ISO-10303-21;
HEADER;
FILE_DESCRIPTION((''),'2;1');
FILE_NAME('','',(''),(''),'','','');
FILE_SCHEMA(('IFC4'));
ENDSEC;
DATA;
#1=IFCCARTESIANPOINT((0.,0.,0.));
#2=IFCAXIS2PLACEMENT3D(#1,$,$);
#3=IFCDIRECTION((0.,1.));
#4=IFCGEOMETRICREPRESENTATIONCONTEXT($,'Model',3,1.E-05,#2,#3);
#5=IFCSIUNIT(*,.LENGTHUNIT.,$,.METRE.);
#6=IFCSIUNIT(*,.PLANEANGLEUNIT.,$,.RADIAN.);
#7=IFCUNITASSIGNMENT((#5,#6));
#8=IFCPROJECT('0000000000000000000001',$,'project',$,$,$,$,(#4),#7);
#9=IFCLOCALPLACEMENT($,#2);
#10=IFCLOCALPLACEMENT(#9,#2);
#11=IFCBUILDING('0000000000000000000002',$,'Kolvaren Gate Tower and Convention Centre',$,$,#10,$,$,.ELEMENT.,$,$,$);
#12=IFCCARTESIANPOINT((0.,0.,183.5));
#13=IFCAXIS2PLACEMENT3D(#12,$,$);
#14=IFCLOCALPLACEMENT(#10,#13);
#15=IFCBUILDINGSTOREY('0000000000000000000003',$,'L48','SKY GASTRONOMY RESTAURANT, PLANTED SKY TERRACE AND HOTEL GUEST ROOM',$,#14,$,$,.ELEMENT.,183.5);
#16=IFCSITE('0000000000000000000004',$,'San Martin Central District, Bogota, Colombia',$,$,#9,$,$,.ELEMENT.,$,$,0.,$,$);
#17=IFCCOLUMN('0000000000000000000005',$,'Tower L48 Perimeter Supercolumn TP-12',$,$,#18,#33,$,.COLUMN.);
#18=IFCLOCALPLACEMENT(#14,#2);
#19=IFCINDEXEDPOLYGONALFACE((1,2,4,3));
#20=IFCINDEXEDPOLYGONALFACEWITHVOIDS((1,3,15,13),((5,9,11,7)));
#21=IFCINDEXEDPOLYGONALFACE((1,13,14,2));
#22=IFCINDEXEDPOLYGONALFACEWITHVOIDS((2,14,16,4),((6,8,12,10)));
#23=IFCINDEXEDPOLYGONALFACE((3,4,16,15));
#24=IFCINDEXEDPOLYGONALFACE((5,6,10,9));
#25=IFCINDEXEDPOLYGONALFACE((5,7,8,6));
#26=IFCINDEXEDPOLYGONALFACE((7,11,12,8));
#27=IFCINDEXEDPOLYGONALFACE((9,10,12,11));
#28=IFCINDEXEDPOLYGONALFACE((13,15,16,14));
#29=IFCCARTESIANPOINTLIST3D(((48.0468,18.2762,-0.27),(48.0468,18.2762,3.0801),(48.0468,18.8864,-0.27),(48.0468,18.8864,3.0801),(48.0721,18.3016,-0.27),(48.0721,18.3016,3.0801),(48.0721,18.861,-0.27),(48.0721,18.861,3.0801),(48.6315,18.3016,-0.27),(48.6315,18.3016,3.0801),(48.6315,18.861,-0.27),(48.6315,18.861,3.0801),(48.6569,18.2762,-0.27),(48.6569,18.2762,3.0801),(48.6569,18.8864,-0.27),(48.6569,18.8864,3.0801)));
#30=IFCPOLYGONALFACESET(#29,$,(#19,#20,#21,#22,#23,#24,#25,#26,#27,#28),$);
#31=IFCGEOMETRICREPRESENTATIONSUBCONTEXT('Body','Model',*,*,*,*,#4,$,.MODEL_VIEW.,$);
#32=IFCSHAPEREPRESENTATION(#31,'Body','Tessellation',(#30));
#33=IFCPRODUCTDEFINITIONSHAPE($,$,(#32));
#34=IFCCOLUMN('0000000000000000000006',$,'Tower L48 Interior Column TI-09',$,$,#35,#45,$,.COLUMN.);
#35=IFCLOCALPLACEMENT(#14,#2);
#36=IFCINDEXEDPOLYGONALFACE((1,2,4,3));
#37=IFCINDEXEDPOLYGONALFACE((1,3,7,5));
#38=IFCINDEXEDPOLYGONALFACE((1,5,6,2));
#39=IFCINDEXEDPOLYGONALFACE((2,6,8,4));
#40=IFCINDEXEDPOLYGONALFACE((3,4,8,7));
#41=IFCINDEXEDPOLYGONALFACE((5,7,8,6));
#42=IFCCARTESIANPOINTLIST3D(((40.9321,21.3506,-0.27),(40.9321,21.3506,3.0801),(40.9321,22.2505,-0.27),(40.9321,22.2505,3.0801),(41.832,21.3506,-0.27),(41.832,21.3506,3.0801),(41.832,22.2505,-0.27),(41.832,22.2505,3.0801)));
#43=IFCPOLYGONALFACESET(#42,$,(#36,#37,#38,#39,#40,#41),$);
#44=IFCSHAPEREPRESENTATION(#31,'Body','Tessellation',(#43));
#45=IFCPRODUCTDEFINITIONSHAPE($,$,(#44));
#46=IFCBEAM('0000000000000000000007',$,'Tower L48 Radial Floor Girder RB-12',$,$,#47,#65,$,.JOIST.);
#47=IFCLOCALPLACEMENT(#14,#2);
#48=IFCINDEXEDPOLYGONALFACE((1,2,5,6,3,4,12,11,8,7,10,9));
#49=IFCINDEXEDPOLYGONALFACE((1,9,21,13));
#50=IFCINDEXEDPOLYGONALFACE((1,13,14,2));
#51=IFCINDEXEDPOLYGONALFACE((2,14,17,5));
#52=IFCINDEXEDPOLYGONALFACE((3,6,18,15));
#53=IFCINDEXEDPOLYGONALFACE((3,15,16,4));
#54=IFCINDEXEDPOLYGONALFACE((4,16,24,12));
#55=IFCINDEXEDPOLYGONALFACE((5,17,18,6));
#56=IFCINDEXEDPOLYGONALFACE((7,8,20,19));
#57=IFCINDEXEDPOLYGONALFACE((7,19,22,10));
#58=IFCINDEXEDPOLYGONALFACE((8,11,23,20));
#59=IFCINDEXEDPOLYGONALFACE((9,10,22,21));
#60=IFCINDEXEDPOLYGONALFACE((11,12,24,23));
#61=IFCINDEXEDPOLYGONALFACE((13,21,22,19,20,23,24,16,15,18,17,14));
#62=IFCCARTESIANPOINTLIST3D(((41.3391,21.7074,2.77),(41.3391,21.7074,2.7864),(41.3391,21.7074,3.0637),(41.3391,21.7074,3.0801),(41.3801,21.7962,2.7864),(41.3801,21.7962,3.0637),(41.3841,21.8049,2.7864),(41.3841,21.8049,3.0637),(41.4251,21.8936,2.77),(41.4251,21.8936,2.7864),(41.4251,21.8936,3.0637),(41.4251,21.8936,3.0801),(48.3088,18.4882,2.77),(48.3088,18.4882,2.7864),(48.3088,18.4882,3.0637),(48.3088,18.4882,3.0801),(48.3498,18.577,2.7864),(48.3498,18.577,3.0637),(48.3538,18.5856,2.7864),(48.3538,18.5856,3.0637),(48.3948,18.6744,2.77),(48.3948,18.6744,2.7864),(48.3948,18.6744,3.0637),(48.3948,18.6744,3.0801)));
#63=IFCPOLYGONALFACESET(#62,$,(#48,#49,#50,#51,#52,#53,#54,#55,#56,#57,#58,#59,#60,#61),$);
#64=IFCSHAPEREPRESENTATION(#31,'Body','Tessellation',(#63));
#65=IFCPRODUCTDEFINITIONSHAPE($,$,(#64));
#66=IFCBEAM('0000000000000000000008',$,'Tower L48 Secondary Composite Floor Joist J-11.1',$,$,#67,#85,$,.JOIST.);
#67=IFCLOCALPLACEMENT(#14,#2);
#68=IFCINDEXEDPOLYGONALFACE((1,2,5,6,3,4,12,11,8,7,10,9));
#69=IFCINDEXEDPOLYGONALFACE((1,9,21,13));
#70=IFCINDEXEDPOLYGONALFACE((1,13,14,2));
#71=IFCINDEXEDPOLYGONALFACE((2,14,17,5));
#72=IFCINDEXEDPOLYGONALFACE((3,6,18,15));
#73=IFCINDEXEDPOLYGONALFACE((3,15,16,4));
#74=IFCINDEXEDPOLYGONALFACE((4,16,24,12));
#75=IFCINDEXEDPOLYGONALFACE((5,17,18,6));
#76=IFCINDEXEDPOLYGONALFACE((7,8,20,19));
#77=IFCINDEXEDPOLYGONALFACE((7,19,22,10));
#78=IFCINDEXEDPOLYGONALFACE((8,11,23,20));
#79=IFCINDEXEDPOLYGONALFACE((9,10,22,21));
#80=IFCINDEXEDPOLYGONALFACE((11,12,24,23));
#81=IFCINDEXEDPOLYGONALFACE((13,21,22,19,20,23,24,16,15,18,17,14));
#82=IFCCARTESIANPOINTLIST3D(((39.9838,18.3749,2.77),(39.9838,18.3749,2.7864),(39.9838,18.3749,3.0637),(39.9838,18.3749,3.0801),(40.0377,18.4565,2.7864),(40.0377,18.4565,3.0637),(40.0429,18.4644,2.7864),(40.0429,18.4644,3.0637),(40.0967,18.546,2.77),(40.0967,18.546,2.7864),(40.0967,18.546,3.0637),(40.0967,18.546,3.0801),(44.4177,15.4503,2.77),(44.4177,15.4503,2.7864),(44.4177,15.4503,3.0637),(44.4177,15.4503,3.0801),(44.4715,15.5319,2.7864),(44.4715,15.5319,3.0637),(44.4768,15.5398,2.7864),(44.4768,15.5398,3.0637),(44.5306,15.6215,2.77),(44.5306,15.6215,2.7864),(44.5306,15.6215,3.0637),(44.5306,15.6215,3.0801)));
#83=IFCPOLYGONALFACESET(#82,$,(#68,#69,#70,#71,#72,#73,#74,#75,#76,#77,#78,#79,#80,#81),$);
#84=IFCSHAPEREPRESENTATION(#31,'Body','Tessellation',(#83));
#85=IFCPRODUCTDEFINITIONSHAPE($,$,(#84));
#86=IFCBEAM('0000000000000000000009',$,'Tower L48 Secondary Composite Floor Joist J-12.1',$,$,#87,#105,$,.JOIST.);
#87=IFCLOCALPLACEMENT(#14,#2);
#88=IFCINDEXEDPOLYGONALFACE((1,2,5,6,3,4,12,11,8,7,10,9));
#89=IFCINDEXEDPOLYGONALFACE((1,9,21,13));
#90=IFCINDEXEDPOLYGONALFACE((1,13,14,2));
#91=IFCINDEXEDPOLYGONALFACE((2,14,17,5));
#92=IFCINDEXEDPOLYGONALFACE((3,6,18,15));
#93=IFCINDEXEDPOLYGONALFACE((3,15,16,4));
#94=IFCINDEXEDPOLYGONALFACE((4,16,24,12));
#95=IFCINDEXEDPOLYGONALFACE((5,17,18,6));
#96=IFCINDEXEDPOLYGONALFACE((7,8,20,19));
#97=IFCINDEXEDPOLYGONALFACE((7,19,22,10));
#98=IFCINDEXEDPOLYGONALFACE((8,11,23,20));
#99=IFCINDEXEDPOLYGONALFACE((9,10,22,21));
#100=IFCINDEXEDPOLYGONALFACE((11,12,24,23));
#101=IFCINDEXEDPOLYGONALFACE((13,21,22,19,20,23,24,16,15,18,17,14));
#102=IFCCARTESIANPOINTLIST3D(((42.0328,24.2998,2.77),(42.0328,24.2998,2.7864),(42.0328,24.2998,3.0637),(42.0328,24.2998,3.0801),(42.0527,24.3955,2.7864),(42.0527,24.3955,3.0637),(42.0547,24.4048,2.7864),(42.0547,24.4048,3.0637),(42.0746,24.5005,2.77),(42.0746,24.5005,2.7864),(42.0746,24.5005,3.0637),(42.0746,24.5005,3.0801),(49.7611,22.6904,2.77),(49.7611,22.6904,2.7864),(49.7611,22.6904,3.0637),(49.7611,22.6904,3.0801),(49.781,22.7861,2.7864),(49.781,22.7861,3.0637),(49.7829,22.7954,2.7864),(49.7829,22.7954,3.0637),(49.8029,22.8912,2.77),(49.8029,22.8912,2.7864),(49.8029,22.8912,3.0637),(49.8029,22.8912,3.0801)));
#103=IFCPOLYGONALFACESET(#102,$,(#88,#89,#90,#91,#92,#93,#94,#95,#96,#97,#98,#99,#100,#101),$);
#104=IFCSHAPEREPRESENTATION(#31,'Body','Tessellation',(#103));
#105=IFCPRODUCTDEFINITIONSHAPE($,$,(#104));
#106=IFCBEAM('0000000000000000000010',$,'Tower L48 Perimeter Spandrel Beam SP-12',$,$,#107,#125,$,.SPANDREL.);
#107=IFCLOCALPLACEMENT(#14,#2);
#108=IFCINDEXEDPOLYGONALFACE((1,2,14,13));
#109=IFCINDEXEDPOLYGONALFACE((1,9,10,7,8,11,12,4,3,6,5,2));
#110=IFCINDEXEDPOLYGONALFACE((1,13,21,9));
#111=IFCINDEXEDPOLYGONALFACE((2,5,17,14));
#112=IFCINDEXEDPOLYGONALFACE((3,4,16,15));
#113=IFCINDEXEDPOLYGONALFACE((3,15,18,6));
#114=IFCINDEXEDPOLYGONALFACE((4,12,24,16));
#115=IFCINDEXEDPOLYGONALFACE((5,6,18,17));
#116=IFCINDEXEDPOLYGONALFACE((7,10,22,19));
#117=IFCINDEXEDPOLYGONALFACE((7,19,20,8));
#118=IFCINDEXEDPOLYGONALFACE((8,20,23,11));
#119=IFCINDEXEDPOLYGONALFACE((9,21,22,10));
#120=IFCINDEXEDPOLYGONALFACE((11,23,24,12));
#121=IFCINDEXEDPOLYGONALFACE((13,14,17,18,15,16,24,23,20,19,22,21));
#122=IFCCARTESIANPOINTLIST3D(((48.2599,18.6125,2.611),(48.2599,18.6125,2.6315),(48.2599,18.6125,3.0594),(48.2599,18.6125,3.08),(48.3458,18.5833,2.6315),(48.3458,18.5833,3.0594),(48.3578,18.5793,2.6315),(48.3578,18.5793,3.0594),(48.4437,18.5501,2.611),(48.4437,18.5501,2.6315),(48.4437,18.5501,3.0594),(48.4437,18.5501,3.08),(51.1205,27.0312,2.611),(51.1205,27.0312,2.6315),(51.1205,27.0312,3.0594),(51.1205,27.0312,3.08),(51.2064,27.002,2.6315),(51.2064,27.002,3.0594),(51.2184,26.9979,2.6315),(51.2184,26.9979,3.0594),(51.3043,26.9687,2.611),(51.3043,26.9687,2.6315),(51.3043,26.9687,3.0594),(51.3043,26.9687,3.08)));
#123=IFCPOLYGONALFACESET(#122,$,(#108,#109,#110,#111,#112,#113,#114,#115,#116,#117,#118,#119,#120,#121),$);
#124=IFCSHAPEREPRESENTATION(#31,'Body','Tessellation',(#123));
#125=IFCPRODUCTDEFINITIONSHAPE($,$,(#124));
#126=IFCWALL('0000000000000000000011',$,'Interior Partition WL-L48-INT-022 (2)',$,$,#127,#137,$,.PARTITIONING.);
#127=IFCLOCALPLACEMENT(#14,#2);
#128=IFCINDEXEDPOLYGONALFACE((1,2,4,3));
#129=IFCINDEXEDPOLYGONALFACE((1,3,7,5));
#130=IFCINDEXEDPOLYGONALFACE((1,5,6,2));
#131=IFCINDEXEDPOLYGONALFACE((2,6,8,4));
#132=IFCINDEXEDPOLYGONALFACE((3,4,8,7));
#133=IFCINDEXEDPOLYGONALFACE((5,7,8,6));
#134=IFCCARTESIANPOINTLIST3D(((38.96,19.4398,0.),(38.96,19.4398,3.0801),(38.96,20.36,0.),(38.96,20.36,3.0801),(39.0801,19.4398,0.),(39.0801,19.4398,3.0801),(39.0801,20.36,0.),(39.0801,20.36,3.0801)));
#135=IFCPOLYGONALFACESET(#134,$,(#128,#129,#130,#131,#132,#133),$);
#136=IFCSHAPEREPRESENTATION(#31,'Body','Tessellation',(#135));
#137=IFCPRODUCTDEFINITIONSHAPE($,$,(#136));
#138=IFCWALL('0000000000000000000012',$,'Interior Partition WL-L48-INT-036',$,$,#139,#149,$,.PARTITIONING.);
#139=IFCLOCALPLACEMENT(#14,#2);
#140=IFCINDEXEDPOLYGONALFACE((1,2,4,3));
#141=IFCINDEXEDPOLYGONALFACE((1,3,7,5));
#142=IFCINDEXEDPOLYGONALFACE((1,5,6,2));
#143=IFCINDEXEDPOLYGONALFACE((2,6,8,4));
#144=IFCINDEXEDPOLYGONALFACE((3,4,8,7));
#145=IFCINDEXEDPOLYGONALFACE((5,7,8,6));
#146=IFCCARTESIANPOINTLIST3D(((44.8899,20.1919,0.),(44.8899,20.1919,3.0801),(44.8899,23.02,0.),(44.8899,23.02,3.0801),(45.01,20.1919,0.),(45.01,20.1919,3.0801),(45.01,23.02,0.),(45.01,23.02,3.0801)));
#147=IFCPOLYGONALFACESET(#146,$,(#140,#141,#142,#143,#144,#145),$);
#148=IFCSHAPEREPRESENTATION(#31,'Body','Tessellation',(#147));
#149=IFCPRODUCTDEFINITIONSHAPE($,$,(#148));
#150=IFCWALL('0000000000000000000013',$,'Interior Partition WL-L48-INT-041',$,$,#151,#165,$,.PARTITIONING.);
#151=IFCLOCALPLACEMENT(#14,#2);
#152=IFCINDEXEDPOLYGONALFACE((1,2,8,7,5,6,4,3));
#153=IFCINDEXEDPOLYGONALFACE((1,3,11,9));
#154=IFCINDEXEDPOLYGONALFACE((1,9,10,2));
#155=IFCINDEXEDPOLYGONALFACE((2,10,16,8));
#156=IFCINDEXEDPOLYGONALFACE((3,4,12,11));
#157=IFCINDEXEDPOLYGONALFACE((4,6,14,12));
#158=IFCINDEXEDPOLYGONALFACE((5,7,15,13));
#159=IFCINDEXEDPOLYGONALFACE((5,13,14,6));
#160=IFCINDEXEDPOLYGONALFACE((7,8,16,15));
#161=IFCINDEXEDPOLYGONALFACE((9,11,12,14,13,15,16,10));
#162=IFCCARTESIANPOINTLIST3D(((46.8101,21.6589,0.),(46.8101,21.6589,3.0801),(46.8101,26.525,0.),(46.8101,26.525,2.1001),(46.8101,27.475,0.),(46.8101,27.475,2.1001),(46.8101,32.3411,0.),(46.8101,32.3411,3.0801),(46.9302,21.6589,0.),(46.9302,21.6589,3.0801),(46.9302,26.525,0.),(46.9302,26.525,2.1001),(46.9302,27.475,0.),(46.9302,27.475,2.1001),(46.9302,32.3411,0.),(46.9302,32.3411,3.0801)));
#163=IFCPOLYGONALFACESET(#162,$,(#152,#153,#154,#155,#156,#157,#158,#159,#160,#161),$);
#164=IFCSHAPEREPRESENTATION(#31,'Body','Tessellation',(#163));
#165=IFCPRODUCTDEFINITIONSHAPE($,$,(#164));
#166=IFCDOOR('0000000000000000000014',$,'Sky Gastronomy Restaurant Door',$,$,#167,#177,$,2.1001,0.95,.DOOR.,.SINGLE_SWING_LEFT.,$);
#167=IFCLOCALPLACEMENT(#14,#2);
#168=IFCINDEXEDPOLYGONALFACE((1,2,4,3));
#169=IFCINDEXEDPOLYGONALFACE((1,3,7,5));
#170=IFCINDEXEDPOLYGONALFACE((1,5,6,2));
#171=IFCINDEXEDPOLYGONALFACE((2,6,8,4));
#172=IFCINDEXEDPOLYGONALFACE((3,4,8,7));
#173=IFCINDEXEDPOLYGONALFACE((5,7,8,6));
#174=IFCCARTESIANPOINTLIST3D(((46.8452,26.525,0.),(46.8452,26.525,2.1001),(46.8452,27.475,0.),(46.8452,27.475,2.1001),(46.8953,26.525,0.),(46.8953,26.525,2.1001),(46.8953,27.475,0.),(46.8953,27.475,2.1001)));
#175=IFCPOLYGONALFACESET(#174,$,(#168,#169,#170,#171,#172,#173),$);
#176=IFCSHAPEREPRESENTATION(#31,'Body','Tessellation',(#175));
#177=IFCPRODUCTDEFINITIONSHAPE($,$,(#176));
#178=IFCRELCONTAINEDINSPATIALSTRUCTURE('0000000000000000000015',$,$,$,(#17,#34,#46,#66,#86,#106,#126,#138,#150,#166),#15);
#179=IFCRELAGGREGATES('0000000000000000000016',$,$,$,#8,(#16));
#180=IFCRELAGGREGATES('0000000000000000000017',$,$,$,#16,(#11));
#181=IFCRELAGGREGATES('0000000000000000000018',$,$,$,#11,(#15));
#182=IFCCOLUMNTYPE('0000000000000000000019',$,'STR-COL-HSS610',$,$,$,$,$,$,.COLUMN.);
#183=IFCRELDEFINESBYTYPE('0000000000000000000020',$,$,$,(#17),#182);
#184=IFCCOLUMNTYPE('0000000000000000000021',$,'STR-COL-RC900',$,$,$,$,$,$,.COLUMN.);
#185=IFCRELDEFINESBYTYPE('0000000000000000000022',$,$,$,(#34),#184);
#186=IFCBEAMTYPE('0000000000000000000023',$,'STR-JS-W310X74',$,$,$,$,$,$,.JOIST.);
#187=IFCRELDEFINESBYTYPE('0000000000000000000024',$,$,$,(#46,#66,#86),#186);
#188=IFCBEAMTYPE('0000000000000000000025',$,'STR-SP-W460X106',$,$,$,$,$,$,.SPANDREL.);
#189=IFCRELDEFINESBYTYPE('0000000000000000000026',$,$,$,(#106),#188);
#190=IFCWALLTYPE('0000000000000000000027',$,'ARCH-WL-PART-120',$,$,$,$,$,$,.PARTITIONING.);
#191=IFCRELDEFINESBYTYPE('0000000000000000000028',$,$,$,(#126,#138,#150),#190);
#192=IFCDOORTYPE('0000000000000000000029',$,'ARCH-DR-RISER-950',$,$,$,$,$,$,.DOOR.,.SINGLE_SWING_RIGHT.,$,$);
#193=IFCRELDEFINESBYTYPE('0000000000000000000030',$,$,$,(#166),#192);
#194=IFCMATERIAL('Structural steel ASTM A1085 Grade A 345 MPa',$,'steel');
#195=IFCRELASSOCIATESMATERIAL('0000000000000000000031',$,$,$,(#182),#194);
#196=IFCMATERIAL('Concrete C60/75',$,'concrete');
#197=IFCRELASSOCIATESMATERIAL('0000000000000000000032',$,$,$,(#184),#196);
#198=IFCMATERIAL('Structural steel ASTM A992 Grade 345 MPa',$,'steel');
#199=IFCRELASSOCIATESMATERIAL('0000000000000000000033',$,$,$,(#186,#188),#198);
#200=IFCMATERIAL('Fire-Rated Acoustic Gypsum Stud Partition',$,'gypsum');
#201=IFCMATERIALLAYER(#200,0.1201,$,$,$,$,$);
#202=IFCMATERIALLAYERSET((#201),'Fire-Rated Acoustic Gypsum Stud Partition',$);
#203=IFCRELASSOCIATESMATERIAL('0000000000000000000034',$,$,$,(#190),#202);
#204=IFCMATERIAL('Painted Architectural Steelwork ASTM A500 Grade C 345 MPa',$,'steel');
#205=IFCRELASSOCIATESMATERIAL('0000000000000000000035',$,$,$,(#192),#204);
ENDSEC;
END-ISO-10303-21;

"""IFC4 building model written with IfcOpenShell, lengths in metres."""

from ifc_helpers import new_model, si_unit, direction, frame, frame_2d, origin, origin_2d, place, context, subcontext, project, spatial, rectangle, hollow_rectangle, i_section, extrude, material, layer, layer_set, material_profile, profile_set, type_object, element, fill, save


model = new_model("IFC4")

# Units and contexts
model_context = context("Model", 3, precision=1e-05, world=origin(), true_north=direction((0.0, 1.0)))
body_context = subcontext(model_context, "Body", "Model", "MODEL_VIEW")
ifc_project = project(units=[si_unit("LENGTHUNIT", "METRE"), si_unit("PLANEANGLEUNIT", "RADIAN")], contexts=[model_context])

# Site, building, storey
site_placement = place(None, origin())
site = spatial("IfcSite", under=ifc_project, at=site_placement, Name="San Martin Central District, Bogota, Colombia", CompositionType="ELEMENT", RefElevation=0.0)
building_placement = place(site_placement, origin())
building = spatial("IfcBuilding", under=site, at=building_placement, Name="Kolvaren Gate Tower and Convention Centre", CompositionType="ELEMENT")
storey_placement = place(building_placement, frame((0.0, 0.0, 183.5)))
storey = spatial("IfcBuildingStorey", under=building, at=storey_placement, Name="L48", Description="SKY GASTRONOMY RESTAURANT, PLANTED SKY TERRACE AND HOTEL GUEST ROOM", CompositionType="ELEMENT", Elevation=183.5)

# Columns
ifc_material_1 = material(Name="Structural steel ASTM A1085 Grade A 345 MPa", Category="steel")
ifc_material_profile_1 = material_profile(ifc_material_1, hollow_rectangle(XDim=0.6101, YDim=0.6101, WallThickness=0.0254, at=origin_2d()), Name="HSS610X610X25.4")
ifc_profile_set_1 = profile_set([ifc_material_profile_1], Name="Structural steel ASTM A1085 Grade A 345 MPa")
column_type_1 = type_object("IfcColumnType", Name="STR-COL-HSS610", PredefinedType="COLUMN", material=ifc_profile_set_1)
column_1_placement = place(storey_placement, frame((48.3518, 18.5813, -0.27), z_axis=(0.0, 0.0, 1.0), x_axis=(1.0, 0.0, 0.0)))
element("IfcColumn", 1, at=column_1_placement, inside=storey, type_object=column_type_1, Name="Tower L48 Perimeter Supercolumn TP-12", PredefinedType="COLUMN", context=body_context, shape_type="SweptSolid", body=[
    extrude(hollow_rectangle(XDim=0.6101, YDim=0.6101, WallThickness=0.0254, at=origin_2d()), origin(), (0.0, 0.0, 1.0), 3.3501),
])
ifc_material_2 = material(Name="Concrete C60/75", Category="concrete")
ifc_material_profile_2 = material_profile(ifc_material_2, rectangle(XDim=0.8999, YDim=0.8999, at=origin_2d()), Name="RC-COL-900X900")
ifc_profile_set_2 = profile_set([ifc_material_profile_2], Name="Concrete C60/75")
column_type_2 = type_object("IfcColumnType", Name="STR-COL-RC900", PredefinedType="COLUMN", material=ifc_profile_set_2)
column_2_placement = place(storey_placement, frame((41.3821, 21.8005, -0.27), z_axis=(0.0, 0.0, 1.0), x_axis=(1.0, 0.0, 0.0)))
element("IfcColumn", 2, at=column_2_placement, inside=storey, type_object=column_type_2, Name="Tower L48 Interior Column TI-09", PredefinedType="COLUMN", context=body_context, shape_type="SweptSolid", body=[
    extrude(rectangle(XDim=0.8999, YDim=0.8999, at=origin_2d()), origin(), (0.0, 0.0, 1.0), 3.3501),
])

# Beams
ifc_material_3 = material(Name="Structural steel ASTM A992 Grade 345 MPa", Category="steel")
ifc_material_profile_3 = material_profile(ifc_material_3, i_section(OverallWidth=0.2051, OverallDepth=0.3101, WebThickness=0.0095, FlangeThickness=0.0164, at=origin_2d()), Name="W310X74")
ifc_profile_set_3 = profile_set([ifc_material_profile_3], Name="Structural steel ASTM A992 Grade 345 MPa")
beam_type_1 = type_object("IfcBeamType", Name="STR-JS-W310X74", PredefinedType="JOIST", material=ifc_profile_set_3)
beam_1_placement = place(storey_placement, frame((41.3821, 21.8005, 2.925), z_axis=(0.907838, -0.41932, 0.0), x_axis=(0.41932, 0.907838, 0.0)))
element("IfcBeam", 3, at=beam_1_placement, inside=storey, type_object=beam_type_1, Name="Tower L48 Radial Floor Girder RB-12", PredefinedType="JOIST", context=body_context, shape_type="SweptSolid", body=[
    extrude(i_section(OverallWidth=0.2051, OverallDepth=0.3101, WebThickness=0.0095, FlangeThickness=0.0164, at=origin_2d()), origin(), (0.0, 0.0, 1.0), 7.6772),
])
beam_2_placement = place(storey_placement, frame((40.0403, 18.4604, 2.925), z_axis=(0.834763, -0.55061, 0.0), x_axis=(0.55061, 0.834763, 0.0)))
element("IfcBeam", 4, at=beam_2_placement, inside=storey, type_object=beam_type_1, Name="Tower L48 Secondary Composite Floor Joist J-11.1", PredefinedType="JOIST", context=body_context, shape_type="SweptSolid", body=[
    extrude(i_section(OverallWidth=0.2051, OverallDepth=0.3101, WebThickness=0.0095, FlangeThickness=0.0164, at=origin_2d()), origin(), (0.0, 0.0, 1.0), 5.3115),
])
beam_3_placement = place(storey_placement, frame((42.0537, 24.4001, 2.925), z_axis=(0.978998, -0.203872, 0.0), x_axis=(0.203872, 0.978998, 0.0)))
element("IfcBeam", 5, at=beam_3_placement, inside=storey, type_object=beam_type_1, Name="Tower L48 Secondary Composite Floor Joist J-12.1", PredefinedType="JOIST", context=body_context, shape_type="SweptSolid", body=[
    extrude(i_section(OverallWidth=0.2051, OverallDepth=0.3101, WebThickness=0.0095, FlangeThickness=0.0164, at=origin_2d()), origin(), (0.0, 0.0, 1.0), 7.894),
])
ifc_material_profile_4 = material_profile(ifc_material_3, i_section(OverallWidth=0.1941, OverallDepth=0.469, WebThickness=0.0127, FlangeThickness=0.0205, at=origin_2d()), Name="W460X106")
ifc_profile_set_4 = profile_set([ifc_material_profile_4], Name="Structural steel ASTM A992 Grade 345 MPa")
beam_type_2 = type_object("IfcBeamType", Name="STR-SP-W460X106", PredefinedType="SPANDREL", material=ifc_profile_set_4)
beam_4_placement = place(storey_placement, frame((48.3518, 18.5813, 2.8455), z_axis=(0.321725, 0.946833, 0.0), x_axis=(-0.946833, 0.321725, 0.0)))
element("IfcBeam", 6, at=beam_4_placement, inside=storey, type_object=beam_type_2, Name="Tower L48 Perimeter Spandrel Beam SP-12", PredefinedType="SPANDREL", context=body_context, shape_type="SweptSolid", body=[
    extrude(i_section(OverallWidth=0.1941, OverallDepth=0.469, WebThickness=0.0127, FlangeThickness=0.0205, at=origin_2d()), origin(), (0.0, 0.0, 1.0), 8.8914),
])

# Walls
ifc_material_4 = material(Name="Fire-Rated Acoustic Gypsum Stud Partition", Category="gypsum")
ifc_layer_1 = layer(ifc_material_4, 0.1201)
ifc_layer_set_1 = layer_set([ifc_layer_1], Name="Fire-Rated Acoustic Gypsum Stud Partition")
wall_type_1 = type_object("IfcWallType", Name="ARCH-WL-PART-120", PredefinedType="PARTITIONING", material=ifc_layer_set_1)
wall_1_placement = place(storey_placement, frame((39.02, 19.4399, 0.0), z_axis=(0.0, 0.0, 1.0), x_axis=(0.0, 1.0, 0.0)))
element("IfcWall", 7, at=wall_1_placement, inside=storey, type_object=wall_type_1, Name="Interior Partition WL-L48-INT-022 (2)", PredefinedType="PARTITIONING", context=body_context, shape_type="SweptSolid", body=[
    extrude(rectangle(XDim=0.9202, YDim=0.1201, at=frame_2d((0.46, 0.0))), origin(), (0.0, 0.0, 1.0), 3.0801),
])
wall_2_placement = place(storey_placement, frame((44.95, 20.1919, 0.0), z_axis=(0.0, 0.0, 1.0), x_axis=(0.0, 1.0, 0.0)))
element("IfcWall", 8, at=wall_2_placement, inside=storey, type_object=wall_type_1, Name="Interior Partition WL-L48-INT-036", PredefinedType="PARTITIONING", context=body_context, shape_type="SweptSolid", body=[
    extrude(rectangle(XDim=2.8281, YDim=0.1201, at=frame_2d((1.4141, 0.0))), origin(), (0.0, 0.0, 1.0), 3.0801),
])

# Wall, opening, door
wall_3_placement = place(storey_placement, frame((46.8701, 21.6589, 0.0), z_axis=(0.0, 0.0, 1.0), x_axis=(0.0, 1.0, 0.0)))
wall_3 = element("IfcWall", 9, at=wall_3_placement, inside=storey, type_object=wall_type_1, Name="Interior Partition WL-L48-INT-041", PredefinedType="PARTITIONING", context=body_context, shape_type="SweptSolid", body=[
    extrude(rectangle(XDim=10.6821, YDim=0.1201, at=frame_2d((5.3411, 0.0))), origin(), (0.0, 0.0, 1.0), 3.0801),
])
opening_1_placement = place(wall_3_placement, frame((4.866, 0.0, 0.0)))
opening_1 = element("IfcOpeningElement", 10, at=opening_1_placement, cuts=wall_3, PredefinedType="OPENING", context=body_context, shape_type="SweptSolid", body=[
    extrude(rectangle(XDim=0.95, YDim=2.1001, at=frame_2d((0.4751, 1.05))), frame((0.0, 0.0701, 0.0), z_axis=(0.0, -1.0, 0.0), x_axis=(1.0, 0.0, 0.0)), (0.0, 0.0, 1.0), 0.1401),
])
ifc_material_5 = material(Name="Painted Architectural Steelwork ASTM A500 Grade C 345 MPa", Category="steel")
door_type = type_object("IfcDoorType", Name="ARCH-DR-RISER-950", OperationType="SINGLE_SWING_RIGHT", PredefinedType="DOOR", material=ifc_material_5)
door_placement = place(opening_1_placement, origin())
door = element("IfcDoor", 11, at=door_placement, inside=storey, type_object=door_type, Name="Sky Gastronomy Restaurant Door", OperationType="SINGLE_SWING_LEFT", OverallHeight=2.1001, OverallWidth=0.95, PredefinedType="DOOR", context=body_context, shape_type="SweptSolid", body=[
    extrude(rectangle(XDim=0.95, YDim=2.1001, at=frame_2d((0.4751, 1.05))), frame((0.0, 0.0249, 0.0), z_axis=(0.0, -1.0, 0.0), x_axis=(1.0, 0.0, 0.0)), (0.0, 0.0, 1.0), 0.05),
])
fill(opening_1, door)

save(model, "model.ifc")
